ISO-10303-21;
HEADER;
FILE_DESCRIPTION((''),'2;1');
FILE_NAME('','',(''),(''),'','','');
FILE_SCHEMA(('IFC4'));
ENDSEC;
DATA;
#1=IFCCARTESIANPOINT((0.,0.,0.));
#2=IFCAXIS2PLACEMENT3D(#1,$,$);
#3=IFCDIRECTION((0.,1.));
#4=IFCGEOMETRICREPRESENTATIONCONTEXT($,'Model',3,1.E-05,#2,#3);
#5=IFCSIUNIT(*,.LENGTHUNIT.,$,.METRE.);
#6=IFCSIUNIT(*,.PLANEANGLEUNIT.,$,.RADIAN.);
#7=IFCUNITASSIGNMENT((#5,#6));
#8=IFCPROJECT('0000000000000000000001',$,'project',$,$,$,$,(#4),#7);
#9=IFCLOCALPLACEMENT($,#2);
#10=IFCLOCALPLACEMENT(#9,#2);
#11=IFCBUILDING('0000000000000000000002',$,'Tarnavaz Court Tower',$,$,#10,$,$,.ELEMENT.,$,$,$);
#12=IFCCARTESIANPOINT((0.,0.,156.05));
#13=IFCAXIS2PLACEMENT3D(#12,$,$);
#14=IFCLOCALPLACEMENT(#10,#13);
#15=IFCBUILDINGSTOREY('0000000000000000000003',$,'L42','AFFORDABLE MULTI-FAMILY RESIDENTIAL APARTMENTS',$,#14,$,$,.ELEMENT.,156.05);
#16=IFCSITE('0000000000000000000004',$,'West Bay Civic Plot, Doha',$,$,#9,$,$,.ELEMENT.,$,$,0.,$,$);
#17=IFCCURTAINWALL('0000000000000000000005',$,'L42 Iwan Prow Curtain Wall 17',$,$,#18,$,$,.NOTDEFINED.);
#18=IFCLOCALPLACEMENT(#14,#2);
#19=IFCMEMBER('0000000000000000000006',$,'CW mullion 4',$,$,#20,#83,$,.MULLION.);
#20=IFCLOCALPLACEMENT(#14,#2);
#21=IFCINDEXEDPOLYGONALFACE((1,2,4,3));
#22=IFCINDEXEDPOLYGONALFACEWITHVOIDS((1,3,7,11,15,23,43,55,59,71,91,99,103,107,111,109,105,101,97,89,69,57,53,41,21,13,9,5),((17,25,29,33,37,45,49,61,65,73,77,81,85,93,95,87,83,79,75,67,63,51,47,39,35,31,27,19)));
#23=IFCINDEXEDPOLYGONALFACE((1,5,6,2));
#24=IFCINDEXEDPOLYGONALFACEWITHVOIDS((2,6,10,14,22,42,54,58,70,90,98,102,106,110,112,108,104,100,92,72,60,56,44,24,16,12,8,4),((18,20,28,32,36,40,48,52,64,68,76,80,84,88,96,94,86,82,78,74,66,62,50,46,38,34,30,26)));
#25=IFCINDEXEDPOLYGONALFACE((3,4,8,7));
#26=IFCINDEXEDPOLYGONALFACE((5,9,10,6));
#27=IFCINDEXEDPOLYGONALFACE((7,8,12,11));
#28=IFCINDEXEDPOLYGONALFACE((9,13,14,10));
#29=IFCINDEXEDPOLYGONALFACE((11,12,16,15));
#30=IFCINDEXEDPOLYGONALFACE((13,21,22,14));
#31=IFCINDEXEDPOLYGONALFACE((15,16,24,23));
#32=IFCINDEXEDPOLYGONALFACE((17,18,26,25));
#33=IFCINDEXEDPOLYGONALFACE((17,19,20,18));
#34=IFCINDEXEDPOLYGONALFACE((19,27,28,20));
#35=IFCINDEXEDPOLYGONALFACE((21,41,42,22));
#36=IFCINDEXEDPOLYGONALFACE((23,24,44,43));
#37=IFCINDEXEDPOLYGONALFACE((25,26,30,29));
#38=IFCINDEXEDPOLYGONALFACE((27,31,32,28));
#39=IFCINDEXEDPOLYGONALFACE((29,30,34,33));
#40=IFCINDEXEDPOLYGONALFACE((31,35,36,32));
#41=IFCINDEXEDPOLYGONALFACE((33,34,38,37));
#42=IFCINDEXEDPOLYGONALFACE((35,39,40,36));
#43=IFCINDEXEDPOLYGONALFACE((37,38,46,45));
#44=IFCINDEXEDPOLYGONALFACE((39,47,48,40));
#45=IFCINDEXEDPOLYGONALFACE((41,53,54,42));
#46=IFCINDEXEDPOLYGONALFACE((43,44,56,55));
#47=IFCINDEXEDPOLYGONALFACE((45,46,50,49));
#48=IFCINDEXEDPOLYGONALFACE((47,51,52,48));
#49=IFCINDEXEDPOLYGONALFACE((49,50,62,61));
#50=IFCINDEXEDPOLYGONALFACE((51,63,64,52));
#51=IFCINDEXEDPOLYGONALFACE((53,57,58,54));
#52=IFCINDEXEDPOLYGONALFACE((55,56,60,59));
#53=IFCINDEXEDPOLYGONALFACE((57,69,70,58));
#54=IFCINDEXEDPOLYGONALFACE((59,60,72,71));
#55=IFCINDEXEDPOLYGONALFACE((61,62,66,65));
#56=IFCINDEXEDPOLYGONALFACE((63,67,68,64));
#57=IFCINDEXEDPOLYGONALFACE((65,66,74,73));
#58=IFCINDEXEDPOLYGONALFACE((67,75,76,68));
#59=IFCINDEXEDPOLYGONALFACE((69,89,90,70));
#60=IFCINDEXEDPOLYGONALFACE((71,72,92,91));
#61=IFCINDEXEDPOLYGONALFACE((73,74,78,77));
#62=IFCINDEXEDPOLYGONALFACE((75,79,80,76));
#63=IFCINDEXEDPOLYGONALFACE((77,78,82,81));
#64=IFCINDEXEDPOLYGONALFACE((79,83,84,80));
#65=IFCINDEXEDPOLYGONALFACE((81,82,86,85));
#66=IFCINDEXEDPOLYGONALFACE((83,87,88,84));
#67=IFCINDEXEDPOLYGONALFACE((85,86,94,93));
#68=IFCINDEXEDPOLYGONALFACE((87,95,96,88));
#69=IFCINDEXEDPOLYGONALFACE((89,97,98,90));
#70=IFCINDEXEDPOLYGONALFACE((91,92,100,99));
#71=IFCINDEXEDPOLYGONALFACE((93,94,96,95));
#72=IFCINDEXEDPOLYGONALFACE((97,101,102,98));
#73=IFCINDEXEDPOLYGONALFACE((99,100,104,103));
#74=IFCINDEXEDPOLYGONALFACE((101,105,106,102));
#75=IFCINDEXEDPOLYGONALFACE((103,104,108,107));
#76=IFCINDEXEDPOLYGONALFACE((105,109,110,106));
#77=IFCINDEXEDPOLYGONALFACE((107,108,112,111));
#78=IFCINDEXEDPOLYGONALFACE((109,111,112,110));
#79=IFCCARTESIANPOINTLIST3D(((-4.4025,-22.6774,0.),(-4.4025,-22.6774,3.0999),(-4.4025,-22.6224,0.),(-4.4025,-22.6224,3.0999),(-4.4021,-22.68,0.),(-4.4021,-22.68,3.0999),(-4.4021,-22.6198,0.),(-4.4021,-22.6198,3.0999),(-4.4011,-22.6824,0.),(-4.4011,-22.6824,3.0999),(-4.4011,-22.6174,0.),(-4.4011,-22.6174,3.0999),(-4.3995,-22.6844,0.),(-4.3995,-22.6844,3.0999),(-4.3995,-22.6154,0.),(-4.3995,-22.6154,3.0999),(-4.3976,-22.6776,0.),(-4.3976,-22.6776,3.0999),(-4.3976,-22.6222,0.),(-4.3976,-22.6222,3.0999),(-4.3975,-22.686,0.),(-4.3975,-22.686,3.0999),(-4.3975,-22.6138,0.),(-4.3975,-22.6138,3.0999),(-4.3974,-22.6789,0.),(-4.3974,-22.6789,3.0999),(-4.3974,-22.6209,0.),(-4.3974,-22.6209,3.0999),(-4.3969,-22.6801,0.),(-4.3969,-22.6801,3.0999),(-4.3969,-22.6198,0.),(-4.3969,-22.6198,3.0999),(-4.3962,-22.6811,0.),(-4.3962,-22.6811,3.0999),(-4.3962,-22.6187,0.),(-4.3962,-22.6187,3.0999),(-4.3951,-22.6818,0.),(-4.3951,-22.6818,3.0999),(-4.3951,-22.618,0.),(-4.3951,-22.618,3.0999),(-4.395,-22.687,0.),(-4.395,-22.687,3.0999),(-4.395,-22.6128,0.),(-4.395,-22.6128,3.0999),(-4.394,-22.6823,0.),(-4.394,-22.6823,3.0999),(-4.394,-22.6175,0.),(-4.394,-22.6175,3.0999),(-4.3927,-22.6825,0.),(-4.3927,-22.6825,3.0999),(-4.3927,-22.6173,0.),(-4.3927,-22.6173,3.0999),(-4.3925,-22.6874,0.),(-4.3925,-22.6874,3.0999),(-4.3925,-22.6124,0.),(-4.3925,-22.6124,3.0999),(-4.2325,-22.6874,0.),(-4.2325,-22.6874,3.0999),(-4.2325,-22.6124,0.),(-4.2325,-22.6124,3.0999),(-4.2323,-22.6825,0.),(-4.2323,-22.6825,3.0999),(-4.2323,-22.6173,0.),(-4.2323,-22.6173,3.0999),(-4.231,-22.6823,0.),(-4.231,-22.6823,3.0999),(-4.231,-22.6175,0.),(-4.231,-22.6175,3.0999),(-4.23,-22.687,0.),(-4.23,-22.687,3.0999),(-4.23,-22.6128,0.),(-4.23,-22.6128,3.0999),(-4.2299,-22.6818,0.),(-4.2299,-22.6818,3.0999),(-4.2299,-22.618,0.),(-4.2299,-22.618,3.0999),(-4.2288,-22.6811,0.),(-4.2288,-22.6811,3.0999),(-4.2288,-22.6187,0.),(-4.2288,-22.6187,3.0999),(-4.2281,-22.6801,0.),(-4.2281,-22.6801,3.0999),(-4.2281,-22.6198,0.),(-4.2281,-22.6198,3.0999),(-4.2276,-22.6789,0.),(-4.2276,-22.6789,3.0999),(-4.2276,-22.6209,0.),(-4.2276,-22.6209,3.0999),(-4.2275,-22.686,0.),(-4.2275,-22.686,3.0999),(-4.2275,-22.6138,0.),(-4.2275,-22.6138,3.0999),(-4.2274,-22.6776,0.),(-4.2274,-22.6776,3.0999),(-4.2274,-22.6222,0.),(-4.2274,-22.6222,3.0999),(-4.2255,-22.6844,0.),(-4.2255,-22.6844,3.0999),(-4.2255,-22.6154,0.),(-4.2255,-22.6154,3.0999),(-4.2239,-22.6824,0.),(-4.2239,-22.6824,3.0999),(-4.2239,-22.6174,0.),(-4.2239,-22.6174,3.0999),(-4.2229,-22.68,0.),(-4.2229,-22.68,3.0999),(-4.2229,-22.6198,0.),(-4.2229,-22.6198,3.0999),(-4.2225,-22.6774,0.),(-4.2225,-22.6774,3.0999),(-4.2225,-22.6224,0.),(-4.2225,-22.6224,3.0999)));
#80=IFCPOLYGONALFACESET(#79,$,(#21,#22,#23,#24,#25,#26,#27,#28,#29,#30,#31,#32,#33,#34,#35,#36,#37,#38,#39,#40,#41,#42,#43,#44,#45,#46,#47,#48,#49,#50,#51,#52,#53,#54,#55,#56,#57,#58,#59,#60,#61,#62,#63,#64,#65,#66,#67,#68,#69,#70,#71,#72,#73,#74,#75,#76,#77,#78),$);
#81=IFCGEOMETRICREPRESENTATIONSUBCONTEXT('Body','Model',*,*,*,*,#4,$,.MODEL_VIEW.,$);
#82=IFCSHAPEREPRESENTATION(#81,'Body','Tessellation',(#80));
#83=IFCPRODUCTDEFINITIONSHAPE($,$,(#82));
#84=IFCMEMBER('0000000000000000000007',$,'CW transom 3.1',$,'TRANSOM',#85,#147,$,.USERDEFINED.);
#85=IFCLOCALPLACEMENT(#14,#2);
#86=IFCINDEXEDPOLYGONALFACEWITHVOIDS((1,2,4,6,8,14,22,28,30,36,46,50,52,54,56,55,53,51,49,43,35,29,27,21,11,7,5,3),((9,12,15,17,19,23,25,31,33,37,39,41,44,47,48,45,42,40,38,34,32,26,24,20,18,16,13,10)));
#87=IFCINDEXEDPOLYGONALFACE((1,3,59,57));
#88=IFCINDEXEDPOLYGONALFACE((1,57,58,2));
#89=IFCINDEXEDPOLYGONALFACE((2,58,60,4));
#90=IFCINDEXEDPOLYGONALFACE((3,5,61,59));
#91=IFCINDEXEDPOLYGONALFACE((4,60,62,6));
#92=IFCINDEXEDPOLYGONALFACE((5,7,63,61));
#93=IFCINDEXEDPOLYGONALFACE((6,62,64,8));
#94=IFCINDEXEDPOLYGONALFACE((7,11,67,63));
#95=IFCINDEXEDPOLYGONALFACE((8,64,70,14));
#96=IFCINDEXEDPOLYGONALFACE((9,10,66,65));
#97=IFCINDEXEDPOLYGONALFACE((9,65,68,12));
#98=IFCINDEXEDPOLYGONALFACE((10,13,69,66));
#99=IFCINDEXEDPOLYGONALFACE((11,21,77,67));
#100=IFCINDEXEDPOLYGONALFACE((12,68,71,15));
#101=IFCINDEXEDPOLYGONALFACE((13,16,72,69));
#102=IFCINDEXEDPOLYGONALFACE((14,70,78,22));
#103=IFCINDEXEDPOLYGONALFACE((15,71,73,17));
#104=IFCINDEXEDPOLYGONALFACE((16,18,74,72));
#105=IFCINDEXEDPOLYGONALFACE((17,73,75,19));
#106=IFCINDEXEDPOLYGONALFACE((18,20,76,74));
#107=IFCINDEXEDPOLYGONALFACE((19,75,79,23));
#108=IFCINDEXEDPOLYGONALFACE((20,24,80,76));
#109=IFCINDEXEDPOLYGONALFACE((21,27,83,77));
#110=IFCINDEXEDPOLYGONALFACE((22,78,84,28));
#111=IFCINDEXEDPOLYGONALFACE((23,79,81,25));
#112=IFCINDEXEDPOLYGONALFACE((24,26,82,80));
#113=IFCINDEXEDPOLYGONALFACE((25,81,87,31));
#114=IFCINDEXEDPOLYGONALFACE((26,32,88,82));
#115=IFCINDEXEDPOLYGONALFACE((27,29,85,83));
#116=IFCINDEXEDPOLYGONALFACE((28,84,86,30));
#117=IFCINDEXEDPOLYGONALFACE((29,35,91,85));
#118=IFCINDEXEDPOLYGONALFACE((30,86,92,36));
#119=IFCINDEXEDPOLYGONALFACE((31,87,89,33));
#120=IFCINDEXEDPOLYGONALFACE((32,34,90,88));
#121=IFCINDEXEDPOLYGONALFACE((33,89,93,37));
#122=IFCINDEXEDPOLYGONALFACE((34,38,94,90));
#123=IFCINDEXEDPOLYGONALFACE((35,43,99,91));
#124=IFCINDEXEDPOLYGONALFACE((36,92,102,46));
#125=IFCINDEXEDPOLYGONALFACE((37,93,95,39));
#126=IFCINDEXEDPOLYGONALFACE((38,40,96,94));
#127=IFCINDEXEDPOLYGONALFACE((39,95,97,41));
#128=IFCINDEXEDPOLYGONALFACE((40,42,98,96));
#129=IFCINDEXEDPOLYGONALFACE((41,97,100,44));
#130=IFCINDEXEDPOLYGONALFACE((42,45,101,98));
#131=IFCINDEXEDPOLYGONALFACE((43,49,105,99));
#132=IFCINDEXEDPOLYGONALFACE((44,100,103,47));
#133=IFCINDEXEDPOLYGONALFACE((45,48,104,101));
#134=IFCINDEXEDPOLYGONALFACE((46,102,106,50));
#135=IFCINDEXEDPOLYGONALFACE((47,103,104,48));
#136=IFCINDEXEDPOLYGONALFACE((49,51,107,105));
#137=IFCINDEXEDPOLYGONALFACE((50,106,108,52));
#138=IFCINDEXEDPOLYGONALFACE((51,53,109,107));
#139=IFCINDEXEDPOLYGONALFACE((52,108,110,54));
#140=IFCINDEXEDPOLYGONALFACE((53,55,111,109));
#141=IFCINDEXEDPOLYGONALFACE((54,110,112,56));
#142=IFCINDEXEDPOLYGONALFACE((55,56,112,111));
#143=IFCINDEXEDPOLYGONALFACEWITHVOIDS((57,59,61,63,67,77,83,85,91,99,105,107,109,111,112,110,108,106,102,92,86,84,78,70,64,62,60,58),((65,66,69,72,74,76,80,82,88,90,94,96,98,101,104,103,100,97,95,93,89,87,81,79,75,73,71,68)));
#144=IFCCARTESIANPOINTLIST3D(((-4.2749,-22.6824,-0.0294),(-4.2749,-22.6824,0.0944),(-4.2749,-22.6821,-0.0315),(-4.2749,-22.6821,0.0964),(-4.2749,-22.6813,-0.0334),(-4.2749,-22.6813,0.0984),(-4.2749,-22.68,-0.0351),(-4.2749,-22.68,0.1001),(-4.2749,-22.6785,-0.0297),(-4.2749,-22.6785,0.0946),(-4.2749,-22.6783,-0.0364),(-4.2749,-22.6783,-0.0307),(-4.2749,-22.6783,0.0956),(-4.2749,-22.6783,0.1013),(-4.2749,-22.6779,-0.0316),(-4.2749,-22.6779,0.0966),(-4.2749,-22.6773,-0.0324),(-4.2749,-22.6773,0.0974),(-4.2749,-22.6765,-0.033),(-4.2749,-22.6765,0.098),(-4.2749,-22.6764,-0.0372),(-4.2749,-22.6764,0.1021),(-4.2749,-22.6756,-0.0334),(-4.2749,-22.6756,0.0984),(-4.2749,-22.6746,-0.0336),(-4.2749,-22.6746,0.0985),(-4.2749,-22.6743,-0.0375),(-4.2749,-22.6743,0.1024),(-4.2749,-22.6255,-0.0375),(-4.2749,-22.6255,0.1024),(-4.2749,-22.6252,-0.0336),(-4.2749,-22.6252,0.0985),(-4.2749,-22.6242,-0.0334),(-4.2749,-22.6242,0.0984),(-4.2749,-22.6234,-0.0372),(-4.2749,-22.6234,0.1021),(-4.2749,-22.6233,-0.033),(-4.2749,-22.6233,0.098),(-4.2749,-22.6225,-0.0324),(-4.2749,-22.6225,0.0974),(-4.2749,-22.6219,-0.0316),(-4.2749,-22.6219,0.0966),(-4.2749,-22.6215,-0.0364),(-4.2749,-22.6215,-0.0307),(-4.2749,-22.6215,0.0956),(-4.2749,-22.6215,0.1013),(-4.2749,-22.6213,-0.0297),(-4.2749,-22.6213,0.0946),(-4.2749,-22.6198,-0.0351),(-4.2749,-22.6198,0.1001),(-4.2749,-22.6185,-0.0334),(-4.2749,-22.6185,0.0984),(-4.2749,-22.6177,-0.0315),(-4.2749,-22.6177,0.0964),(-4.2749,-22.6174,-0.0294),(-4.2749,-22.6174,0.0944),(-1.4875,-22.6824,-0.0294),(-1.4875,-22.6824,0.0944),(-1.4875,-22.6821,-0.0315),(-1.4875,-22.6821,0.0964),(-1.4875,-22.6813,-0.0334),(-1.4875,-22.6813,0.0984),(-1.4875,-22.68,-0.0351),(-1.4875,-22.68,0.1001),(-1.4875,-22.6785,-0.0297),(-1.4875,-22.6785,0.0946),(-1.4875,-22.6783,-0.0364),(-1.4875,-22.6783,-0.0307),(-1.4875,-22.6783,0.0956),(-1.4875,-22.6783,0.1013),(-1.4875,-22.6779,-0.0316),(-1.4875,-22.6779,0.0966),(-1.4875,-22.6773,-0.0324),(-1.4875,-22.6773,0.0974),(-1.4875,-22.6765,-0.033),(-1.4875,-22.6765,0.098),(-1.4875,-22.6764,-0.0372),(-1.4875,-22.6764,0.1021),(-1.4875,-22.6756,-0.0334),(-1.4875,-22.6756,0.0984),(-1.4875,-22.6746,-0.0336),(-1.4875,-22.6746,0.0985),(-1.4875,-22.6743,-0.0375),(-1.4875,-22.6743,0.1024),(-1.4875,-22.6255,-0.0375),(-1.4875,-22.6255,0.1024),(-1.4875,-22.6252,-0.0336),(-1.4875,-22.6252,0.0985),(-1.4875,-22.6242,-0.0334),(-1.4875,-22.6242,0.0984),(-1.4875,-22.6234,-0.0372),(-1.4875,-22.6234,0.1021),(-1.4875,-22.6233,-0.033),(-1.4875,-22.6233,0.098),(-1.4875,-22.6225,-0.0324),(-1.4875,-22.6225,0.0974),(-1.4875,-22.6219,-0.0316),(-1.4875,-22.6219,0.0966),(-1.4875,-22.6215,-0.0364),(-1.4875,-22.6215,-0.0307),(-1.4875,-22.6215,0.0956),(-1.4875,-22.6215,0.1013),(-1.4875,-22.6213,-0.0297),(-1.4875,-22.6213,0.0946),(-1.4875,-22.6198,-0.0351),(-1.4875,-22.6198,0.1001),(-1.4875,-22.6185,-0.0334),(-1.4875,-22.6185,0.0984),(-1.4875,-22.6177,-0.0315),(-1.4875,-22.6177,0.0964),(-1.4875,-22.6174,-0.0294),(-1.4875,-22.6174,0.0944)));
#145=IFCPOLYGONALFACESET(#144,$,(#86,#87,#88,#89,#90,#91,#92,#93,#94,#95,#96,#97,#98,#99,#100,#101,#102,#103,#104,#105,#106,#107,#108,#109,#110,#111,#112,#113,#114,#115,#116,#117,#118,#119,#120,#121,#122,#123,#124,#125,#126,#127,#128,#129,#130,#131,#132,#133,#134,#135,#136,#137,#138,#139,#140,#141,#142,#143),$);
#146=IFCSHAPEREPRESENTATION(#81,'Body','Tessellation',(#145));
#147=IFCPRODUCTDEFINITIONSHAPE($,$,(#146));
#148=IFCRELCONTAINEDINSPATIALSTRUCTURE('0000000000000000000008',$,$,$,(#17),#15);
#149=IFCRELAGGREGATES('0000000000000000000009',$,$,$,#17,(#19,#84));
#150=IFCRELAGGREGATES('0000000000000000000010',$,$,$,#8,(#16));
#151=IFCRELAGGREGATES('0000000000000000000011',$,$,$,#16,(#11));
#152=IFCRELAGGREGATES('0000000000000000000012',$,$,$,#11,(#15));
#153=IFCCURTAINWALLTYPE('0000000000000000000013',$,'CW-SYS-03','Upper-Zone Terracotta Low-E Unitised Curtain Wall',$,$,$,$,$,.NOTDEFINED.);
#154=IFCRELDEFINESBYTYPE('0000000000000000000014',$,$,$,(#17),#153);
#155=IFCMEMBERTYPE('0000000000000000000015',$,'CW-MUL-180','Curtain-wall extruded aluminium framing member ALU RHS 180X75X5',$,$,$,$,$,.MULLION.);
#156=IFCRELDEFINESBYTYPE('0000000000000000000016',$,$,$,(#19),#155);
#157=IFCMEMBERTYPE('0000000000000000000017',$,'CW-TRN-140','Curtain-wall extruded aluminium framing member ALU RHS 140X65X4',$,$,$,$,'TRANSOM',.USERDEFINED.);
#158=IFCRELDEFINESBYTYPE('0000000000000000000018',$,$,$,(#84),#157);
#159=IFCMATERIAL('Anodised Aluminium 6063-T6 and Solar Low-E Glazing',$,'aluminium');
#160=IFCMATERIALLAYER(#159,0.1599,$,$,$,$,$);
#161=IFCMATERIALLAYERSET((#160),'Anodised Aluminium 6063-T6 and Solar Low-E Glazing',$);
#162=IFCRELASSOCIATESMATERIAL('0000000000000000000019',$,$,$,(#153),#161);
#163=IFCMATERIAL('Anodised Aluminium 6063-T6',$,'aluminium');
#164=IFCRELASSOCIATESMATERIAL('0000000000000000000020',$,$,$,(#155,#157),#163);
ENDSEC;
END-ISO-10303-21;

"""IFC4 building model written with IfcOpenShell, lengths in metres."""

from ifc_helpers import new_model, si_unit, direction, frame, origin, origin_2d, place, context, subcontext, project, spatial, hollow_rectangle, extrude, material, layer, layer_set, material_profile, profile_set, type_object, element, aggregate, save


model = new_model("IFC4")

# Units and contexts
model_context = context("Model", 3, precision=1e-05, world=origin(), true_north=direction((0.0, 1.0)))
body_context = subcontext(model_context, "Body", "Model", "MODEL_VIEW")
ifc_project = project(units=[si_unit("LENGTHUNIT", "METRE"), si_unit("PLANEANGLEUNIT", "RADIAN")], contexts=[model_context])

# Site, building, storey
site_placement = place(None, origin())
site = spatial("IfcSite", under=ifc_project, at=site_placement, Name="West Bay Civic Plot, Doha", CompositionType="ELEMENT", RefElevation=0.0)
building_placement = place(site_placement, origin())
building = spatial("IfcBuilding", under=site, at=building_placement, Name="Tarnavaz Court Tower", CompositionType="ELEMENT")
storey_placement = place(building_placement, frame((0.0, 0.0, 156.05)))
storey = spatial("IfcBuildingStorey", under=building, at=storey_placement, Name="L42", Description="AFFORDABLE MULTI-FAMILY RESIDENTIAL APARTMENTS", CompositionType="ELEMENT", Elevation=156.05)

# Curtain wall, members
ifc_material_1 = material(Name="Anodised Aluminium 6063-T6 and Solar Low-E Glazing", Category="aluminium")
ifc_layer_1 = layer(ifc_material_1, 0.1599)
ifc_layer_set_1 = layer_set([ifc_layer_1], Name="Anodised Aluminium 6063-T6 and Solar Low-E Glazing")
curtain_wall_type = type_object("IfcCurtainWallType", Name="CW-SYS-03", Description="Upper-Zone Terracotta Low-E Unitised Curtain Wall", PredefinedType="NOTDEFINED", material=ifc_layer_set_1)
curtain_wall_placement = place(storey_placement, origin())
curtain_wall = element("IfcCurtainWall", 1, at=curtain_wall_placement, inside=storey, type_object=curtain_wall_type, Name="L42 Iwan Prow Curtain Wall 17", PredefinedType="NOTDEFINED")
ifc_material_2 = material(Name="Anodised Aluminium 6063-T6", Category="aluminium")
ifc_material_profile_1 = material_profile(ifc_material_2, hollow_rectangle(XDim=0.075, YDim=0.1799, WallThickness=0.0049, InnerFilletRadius=0.0049, OuterFilletRadius=0.01, at=origin_2d()), Name="ALU RHS 180X75X5")
ifc_profile_set_1 = profile_set([ifc_material_profile_1], Name="Anodised Aluminium 6063-T6")
member_type_1 = type_object("IfcMemberType", Name="CW-MUL-180", Description="Curtain-wall extruded aluminium framing member ALU RHS 180X75X5", PredefinedType="MULLION", material=ifc_profile_set_1)
member_1_placement = place(storey_placement, frame((-4.3125, -22.6499, 0.0), z_axis=(0.0, 0.0, 1.0), x_axis=(0.0, -1.0, 0.0)))
member_1 = element("IfcMember", 2, at=member_1_placement, type_object=member_type_1, Name="CW mullion 4", PredefinedType="MULLION", context=body_context, shape_type="SweptSolid", body=[
    extrude(hollow_rectangle(XDim=0.075, YDim=0.1799, WallThickness=0.0049, InnerFilletRadius=0.0049, OuterFilletRadius=0.01, at=origin_2d()), origin(), (0.0, 0.0, 1.0), 3.0999),
])
ifc_material_profile_2 = material_profile(ifc_material_2, hollow_rectangle(XDim=0.0649, YDim=0.1399, WallThickness=0.0039, InnerFilletRadius=0.0039, OuterFilletRadius=0.0081, at=origin_2d()), Name="ALU RHS 140X65X4")
ifc_profile_set_2 = profile_set([ifc_material_profile_2], Name="Anodised Aluminium 6063-T6")
member_type_2 = type_object("IfcMemberType", Name="CW-TRN-140", Description="Curtain-wall extruded aluminium framing member ALU RHS 140X65X4", ElementType="TRANSOM", PredefinedType="USERDEFINED", material=ifc_profile_set_2)
member_2_placement = place(storey_placement, frame((-1.4875, -22.6499, 0.0325), z_axis=(-1.0, 0.0, 0.0), x_axis=(0.0, -1.0, 0.0)))
member_2 = element("IfcMember", 3, at=member_2_placement, type_object=member_type_2, Name="CW transom 3.1", ObjectType="TRANSOM", PredefinedType="USERDEFINED", context=body_context, shape_type="SweptSolid", body=[
    extrude(hollow_rectangle(XDim=0.0649, YDim=0.1399, WallThickness=0.0039, InnerFilletRadius=0.0039, OuterFilletRadius=0.0081, at=origin_2d()), origin(), (0.0, 0.0, 1.0), 2.7874),
])
aggregate(curtain_wall, [member_1, member_2])

save(model, "model.ifc")
